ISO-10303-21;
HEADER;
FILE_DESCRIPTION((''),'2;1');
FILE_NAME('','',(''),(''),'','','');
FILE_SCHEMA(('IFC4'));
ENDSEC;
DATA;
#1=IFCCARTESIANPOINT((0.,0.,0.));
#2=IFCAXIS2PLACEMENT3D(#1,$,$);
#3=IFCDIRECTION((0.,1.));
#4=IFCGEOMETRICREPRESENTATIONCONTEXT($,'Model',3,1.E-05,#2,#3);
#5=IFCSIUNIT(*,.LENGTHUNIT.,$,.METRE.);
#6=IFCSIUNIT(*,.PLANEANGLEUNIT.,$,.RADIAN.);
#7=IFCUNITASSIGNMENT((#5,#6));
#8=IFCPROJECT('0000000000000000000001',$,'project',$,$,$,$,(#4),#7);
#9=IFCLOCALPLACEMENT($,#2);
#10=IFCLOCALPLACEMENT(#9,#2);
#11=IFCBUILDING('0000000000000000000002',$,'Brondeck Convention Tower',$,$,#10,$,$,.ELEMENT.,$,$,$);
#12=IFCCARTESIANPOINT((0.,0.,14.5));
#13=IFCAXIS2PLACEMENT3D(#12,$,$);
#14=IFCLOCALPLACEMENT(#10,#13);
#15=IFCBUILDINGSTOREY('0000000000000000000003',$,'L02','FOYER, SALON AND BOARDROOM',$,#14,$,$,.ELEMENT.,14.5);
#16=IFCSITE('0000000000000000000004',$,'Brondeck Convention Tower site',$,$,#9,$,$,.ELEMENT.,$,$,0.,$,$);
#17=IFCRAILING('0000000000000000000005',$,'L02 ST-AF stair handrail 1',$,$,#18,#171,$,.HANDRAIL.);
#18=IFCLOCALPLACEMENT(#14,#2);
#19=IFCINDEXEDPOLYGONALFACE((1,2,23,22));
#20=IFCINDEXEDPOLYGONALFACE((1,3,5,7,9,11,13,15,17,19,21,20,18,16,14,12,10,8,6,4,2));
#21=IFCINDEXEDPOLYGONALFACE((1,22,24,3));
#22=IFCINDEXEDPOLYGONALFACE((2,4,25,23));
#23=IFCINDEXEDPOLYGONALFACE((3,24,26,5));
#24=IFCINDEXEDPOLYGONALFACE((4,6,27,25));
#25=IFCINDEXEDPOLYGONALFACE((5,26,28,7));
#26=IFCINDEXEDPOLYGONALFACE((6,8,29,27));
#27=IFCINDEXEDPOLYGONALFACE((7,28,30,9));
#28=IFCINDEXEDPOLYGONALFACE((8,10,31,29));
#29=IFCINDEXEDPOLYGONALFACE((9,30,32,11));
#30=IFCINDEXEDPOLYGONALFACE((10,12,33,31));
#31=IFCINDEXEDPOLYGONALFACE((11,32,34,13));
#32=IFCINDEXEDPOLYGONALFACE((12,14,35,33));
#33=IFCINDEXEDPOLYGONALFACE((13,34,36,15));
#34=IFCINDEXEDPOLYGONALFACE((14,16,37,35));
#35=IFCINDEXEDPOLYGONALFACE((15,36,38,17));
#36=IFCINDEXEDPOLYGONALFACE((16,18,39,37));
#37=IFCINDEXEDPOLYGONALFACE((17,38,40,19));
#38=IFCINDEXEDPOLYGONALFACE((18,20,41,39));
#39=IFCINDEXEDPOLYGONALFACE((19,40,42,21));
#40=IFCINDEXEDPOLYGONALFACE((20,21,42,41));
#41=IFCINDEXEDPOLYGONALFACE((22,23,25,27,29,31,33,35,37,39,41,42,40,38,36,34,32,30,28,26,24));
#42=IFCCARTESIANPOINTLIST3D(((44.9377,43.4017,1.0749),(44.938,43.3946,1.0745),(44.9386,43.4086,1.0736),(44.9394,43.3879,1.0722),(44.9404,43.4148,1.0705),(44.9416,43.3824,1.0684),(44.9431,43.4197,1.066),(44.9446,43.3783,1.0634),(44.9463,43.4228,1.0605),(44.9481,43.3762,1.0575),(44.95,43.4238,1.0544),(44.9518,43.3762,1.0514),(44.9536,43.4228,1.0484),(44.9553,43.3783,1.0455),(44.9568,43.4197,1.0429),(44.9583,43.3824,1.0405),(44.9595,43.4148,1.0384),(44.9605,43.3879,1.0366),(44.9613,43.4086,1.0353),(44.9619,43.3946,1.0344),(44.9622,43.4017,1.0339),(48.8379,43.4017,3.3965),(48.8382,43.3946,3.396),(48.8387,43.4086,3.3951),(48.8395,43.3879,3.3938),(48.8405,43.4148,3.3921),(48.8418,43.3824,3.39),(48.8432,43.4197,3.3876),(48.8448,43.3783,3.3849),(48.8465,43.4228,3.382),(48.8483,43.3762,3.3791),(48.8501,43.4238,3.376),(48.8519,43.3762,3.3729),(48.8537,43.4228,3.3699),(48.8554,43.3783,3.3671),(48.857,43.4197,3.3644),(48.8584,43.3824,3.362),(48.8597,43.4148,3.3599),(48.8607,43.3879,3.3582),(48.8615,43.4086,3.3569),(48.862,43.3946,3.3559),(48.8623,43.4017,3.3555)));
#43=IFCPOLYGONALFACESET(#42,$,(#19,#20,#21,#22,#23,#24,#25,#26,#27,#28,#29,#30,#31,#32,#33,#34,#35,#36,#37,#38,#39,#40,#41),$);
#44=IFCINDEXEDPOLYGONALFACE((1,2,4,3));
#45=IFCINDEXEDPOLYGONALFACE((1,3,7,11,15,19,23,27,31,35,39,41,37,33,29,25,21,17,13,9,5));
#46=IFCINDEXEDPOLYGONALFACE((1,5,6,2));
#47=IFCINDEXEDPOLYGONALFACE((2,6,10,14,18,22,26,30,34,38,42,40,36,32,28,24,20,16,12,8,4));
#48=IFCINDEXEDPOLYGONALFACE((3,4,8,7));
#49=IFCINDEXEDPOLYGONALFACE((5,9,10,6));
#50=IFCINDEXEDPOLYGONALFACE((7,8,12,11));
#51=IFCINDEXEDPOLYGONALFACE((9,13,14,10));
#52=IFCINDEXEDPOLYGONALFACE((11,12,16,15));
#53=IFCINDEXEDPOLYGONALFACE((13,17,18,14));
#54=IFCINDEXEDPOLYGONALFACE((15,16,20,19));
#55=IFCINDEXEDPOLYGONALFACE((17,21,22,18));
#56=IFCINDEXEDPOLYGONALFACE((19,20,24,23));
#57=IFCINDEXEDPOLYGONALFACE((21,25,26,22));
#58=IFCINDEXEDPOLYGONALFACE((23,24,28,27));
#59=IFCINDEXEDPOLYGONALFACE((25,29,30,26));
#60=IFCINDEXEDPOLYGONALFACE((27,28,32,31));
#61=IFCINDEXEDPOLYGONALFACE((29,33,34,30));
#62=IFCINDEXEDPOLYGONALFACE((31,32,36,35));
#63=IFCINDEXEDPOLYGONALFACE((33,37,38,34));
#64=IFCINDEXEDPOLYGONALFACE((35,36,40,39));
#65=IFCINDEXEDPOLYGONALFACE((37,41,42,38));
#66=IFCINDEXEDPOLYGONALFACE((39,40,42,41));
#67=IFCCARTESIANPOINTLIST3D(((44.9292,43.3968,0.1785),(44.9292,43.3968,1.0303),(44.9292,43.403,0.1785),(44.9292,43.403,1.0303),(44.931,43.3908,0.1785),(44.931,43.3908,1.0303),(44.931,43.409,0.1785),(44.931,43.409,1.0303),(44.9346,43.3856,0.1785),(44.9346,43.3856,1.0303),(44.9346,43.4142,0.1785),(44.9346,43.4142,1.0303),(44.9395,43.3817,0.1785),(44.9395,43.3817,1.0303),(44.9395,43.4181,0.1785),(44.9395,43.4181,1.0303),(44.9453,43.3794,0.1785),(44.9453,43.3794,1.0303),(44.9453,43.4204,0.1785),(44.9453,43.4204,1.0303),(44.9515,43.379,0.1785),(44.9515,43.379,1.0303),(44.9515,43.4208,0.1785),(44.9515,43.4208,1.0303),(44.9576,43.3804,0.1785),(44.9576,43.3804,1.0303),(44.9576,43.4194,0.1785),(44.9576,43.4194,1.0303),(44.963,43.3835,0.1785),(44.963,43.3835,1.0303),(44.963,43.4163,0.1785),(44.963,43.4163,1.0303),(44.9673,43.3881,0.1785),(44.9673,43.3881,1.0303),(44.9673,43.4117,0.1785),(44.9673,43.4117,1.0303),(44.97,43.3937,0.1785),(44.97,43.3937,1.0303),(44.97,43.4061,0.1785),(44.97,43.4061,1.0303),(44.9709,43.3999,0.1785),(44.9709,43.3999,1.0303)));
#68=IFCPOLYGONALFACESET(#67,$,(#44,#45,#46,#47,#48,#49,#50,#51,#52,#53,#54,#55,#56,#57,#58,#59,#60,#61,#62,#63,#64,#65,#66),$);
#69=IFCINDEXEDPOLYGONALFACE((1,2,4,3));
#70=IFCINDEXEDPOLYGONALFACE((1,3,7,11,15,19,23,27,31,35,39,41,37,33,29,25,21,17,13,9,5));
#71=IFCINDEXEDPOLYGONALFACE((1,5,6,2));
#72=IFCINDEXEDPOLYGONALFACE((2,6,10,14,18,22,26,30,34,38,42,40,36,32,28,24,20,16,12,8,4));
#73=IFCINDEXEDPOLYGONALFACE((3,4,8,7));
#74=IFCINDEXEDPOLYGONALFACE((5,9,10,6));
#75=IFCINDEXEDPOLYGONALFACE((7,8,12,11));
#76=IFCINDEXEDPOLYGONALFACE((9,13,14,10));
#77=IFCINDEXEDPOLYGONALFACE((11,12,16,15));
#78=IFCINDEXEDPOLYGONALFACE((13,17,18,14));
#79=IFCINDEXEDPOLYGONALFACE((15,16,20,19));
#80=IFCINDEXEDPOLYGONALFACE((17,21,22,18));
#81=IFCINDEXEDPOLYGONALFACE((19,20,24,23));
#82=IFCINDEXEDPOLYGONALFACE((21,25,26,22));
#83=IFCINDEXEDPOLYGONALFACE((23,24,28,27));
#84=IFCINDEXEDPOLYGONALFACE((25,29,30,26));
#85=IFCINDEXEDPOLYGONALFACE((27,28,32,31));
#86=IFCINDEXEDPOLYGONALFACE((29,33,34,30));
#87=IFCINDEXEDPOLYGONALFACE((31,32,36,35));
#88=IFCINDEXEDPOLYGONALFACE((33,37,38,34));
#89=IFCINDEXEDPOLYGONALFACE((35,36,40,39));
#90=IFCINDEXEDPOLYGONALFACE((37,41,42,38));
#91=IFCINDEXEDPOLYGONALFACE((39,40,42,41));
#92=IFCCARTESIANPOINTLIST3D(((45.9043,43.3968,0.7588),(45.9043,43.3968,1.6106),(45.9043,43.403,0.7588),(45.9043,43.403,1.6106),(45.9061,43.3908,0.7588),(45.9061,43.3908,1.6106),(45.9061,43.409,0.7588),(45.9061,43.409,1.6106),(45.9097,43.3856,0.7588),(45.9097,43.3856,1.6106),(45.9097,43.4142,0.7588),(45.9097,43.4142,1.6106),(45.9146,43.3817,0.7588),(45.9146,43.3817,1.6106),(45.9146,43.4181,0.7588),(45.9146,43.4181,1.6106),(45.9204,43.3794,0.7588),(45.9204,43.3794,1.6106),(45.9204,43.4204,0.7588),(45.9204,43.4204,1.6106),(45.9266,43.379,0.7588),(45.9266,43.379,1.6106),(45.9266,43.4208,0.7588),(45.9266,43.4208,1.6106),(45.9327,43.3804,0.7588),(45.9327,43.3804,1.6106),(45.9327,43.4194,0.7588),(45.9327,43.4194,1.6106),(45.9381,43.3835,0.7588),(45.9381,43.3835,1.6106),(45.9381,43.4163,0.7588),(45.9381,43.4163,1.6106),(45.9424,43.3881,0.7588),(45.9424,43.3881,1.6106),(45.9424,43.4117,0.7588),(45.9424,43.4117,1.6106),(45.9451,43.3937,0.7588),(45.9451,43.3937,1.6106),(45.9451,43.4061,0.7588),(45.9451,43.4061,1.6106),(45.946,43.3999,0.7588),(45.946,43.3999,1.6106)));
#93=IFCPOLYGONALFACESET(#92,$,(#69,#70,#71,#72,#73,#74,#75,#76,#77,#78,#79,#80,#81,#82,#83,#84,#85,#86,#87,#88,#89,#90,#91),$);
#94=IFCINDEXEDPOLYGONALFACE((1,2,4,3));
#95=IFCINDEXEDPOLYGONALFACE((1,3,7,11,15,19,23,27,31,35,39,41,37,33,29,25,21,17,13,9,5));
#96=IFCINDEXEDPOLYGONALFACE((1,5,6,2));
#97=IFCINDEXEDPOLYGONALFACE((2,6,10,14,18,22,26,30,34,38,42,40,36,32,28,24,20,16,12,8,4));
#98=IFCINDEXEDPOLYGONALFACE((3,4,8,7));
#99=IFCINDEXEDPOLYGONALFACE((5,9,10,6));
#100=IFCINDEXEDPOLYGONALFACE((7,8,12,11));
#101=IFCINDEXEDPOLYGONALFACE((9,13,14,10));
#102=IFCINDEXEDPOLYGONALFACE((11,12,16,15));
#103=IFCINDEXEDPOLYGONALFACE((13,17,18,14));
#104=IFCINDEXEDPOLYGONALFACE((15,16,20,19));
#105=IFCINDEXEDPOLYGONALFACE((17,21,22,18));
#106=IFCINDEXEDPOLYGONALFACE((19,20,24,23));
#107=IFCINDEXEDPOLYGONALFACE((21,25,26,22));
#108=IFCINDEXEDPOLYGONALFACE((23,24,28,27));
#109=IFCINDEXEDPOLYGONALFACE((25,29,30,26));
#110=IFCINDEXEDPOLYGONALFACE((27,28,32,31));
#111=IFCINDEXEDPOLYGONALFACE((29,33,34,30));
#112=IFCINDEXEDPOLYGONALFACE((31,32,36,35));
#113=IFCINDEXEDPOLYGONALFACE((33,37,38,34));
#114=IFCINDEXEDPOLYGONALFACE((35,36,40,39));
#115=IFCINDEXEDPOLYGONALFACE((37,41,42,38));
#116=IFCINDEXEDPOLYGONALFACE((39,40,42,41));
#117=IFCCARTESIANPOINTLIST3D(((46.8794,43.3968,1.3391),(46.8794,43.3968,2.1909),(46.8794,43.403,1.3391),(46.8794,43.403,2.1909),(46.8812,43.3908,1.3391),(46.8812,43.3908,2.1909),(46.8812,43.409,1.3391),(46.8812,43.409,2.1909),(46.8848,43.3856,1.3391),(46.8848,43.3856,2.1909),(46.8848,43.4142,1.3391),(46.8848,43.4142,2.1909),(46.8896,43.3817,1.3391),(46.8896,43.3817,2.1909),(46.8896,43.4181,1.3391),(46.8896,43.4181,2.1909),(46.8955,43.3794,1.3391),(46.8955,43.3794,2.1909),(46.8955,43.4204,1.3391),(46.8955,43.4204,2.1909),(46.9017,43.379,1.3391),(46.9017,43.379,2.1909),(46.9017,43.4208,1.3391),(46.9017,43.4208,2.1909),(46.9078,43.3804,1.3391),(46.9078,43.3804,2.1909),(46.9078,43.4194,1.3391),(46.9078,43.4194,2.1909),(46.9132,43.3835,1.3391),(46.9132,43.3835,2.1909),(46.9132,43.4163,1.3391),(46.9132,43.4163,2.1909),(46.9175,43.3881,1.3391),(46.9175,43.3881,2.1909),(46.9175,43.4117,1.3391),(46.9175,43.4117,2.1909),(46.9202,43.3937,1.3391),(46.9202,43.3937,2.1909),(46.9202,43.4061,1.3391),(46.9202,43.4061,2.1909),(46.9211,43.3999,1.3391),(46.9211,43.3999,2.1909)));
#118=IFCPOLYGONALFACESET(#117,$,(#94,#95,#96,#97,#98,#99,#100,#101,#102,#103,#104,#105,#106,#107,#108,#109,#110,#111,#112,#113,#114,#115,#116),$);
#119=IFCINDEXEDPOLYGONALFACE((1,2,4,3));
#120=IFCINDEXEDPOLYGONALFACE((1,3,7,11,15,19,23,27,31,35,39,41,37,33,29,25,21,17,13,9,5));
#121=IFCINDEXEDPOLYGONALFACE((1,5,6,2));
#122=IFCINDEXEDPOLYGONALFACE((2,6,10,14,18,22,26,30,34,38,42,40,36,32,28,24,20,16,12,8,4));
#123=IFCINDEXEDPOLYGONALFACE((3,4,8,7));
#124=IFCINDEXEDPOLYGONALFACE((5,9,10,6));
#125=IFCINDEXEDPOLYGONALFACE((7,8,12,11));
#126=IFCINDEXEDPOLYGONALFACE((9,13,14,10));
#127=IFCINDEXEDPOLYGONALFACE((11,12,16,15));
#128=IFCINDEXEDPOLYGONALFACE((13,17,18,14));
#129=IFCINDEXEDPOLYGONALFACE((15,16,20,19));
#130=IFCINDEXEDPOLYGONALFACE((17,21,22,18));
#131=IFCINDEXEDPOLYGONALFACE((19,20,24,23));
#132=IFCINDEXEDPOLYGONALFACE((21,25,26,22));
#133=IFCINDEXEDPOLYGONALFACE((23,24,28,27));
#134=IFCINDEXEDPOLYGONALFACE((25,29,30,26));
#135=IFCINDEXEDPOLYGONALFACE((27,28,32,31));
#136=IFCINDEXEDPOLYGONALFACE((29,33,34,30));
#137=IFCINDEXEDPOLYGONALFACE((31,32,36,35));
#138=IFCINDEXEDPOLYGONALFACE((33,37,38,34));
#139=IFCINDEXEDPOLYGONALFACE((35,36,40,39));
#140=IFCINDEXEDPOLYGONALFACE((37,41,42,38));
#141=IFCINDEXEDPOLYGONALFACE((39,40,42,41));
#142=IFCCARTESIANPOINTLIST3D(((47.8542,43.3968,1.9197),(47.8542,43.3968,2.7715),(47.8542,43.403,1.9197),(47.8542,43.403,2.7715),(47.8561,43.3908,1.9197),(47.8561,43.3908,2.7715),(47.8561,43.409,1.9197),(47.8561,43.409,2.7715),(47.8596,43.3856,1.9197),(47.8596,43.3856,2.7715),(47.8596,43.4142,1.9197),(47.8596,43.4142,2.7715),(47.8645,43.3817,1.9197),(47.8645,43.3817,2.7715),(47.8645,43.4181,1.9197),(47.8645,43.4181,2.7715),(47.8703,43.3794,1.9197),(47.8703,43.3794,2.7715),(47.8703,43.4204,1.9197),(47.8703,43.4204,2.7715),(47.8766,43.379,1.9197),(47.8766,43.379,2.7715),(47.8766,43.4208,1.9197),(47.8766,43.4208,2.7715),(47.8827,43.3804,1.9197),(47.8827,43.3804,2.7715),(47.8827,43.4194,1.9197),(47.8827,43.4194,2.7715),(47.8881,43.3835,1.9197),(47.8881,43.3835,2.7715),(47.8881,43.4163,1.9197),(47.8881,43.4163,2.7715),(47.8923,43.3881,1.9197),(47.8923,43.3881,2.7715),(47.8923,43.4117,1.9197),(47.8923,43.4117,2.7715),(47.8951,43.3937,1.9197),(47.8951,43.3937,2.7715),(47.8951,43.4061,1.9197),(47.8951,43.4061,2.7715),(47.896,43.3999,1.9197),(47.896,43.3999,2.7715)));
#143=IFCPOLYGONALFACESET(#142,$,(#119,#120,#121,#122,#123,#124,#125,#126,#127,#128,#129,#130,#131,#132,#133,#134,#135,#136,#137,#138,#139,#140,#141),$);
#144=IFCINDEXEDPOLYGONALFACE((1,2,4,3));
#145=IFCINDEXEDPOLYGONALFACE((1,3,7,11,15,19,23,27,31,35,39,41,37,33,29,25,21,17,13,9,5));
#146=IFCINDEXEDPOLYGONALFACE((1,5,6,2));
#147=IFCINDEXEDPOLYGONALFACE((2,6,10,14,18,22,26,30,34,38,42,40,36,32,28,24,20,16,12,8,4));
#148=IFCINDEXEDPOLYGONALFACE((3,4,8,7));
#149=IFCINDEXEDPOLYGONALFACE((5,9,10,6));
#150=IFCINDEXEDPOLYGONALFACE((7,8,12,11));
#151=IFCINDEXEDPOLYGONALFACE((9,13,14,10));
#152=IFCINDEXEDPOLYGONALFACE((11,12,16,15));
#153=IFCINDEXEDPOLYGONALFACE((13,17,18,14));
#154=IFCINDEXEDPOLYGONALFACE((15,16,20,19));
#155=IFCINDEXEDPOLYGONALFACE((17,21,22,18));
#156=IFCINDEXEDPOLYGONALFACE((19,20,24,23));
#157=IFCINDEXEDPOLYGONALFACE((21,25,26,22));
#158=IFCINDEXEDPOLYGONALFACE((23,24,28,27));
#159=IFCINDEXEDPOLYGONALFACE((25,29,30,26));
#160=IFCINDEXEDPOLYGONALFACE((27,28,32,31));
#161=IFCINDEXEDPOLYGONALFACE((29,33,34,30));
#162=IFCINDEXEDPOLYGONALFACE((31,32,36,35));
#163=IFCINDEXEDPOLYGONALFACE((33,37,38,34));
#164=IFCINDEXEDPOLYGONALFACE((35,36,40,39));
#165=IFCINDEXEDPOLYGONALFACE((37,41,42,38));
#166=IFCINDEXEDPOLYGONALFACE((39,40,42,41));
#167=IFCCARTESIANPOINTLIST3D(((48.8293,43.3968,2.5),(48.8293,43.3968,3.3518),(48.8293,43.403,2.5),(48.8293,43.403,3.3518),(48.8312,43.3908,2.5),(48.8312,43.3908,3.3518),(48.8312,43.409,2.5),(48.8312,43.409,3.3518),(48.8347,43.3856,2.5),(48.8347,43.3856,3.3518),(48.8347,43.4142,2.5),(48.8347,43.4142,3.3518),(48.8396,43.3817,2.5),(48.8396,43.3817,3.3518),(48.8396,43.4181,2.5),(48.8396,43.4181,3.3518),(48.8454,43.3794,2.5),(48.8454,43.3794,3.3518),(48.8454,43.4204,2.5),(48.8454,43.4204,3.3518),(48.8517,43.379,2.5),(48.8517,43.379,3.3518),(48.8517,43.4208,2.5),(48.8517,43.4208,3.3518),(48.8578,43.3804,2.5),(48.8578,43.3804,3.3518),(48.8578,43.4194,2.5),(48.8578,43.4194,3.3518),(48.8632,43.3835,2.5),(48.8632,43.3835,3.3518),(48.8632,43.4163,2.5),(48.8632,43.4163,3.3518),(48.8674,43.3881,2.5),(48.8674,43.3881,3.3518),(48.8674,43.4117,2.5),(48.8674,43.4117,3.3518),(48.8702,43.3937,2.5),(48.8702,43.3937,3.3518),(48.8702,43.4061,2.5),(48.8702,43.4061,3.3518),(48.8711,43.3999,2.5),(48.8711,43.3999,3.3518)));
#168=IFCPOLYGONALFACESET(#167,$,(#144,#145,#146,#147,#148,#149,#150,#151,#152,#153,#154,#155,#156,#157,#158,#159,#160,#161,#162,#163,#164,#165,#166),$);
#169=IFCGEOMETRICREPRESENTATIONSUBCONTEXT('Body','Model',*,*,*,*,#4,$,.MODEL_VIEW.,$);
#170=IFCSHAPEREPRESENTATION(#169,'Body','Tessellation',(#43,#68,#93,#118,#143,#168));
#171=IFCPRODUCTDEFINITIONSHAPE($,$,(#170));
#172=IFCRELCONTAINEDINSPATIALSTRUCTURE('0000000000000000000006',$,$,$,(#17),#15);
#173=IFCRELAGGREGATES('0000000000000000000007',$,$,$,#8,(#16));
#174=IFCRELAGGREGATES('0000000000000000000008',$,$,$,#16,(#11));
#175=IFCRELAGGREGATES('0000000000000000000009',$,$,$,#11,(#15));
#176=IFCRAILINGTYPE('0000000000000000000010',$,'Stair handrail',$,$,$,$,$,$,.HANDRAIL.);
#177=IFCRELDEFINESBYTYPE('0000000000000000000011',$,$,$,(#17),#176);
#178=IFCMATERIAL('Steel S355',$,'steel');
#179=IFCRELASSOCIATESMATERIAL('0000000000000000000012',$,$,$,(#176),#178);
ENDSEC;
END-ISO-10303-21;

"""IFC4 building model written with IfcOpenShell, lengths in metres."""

from ifc_helpers import new_model, si_unit, direction, frame, origin, origin_2d, place, context, subcontext, project, spatial, circle, extrude, material, type_object, element, save


model = new_model("IFC4")

# Units and contexts
model_context = context("Model", 3, precision=1e-05, world=origin(), true_north=direction((0.0, 1.0)))
body_context = subcontext(model_context, "Body", "Model", "MODEL_VIEW")
ifc_project = project(units=[si_unit("LENGTHUNIT", "METRE"), si_unit("PLANEANGLEUNIT", "RADIAN")], contexts=[model_context])

# Site, building, storey
site_placement = place(None, origin())
site = spatial("IfcSite", under=ifc_project, at=site_placement, Name="Brondeck Convention Tower site", CompositionType="ELEMENT", RefElevation=0.0)
building_placement = place(site_placement, origin())
building = spatial("IfcBuilding", under=site, at=building_placement, Name="Brondeck Convention Tower", CompositionType="ELEMENT")
storey_placement = place(building_placement, frame((0.0, 0.0, 14.5)))
storey = spatial("IfcBuildingStorey", under=building, at=storey_placement, Name="L02", Description="FOYER, SALON AND BOARDROOM", CompositionType="ELEMENT", Elevation=14.5)

# Shared definitions
ifc_material_1 = material(Name="Steel S355", Category="steel")

# Railing
railing_type_1 = type_object("IfcRailingType", Name="Stair handrail", PredefinedType="HANDRAIL", material=ifc_material_1)
railing_1_placement = place(storey_placement, frame((44.95, 43.3999, 0.1785)))
element("IfcRailing", 1, at=railing_1_placement, inside=storey, type_object=railing_type_1, Name="L02 ST-AF stair handrail 1", PredefinedType="HANDRAIL", context=body_context, shape_type="SweptSolid", body=[
    extrude(circle(Radius=0.0239, at=origin_2d()), frame((0.0, 0.0, 0.876), z_axis=(0.859291, 0.0, 0.511487), x_axis=(0.0, 1.0, 0.0)), (0.0, 0.0, 1.0), 4.5388),
    extrude(circle(Radius=0.021, at=origin_2d()), origin(), (0.0, 0.0, 1.0), 0.8518),
    extrude(circle(Radius=0.021, at=origin_2d()), frame((0.9751, 0.0, 0.5803)), (0.0, 0.0, 1.0), 0.8518),
    extrude(circle(Radius=0.021, at=origin_2d()), frame((1.9502, 0.0, 1.1606)), (0.0, 0.0, 1.0), 0.8518),
    extrude(circle(Radius=0.021, at=origin_2d()), frame((2.925, 0.0, 1.7412)), (0.0, 0.0, 1.0), 0.8518),
    extrude(circle(Radius=0.021, at=origin_2d()), frame((3.9001, 0.0, 2.3215)), (0.0, 0.0, 1.0), 0.8518),
])

save(model, "model.ifc")
